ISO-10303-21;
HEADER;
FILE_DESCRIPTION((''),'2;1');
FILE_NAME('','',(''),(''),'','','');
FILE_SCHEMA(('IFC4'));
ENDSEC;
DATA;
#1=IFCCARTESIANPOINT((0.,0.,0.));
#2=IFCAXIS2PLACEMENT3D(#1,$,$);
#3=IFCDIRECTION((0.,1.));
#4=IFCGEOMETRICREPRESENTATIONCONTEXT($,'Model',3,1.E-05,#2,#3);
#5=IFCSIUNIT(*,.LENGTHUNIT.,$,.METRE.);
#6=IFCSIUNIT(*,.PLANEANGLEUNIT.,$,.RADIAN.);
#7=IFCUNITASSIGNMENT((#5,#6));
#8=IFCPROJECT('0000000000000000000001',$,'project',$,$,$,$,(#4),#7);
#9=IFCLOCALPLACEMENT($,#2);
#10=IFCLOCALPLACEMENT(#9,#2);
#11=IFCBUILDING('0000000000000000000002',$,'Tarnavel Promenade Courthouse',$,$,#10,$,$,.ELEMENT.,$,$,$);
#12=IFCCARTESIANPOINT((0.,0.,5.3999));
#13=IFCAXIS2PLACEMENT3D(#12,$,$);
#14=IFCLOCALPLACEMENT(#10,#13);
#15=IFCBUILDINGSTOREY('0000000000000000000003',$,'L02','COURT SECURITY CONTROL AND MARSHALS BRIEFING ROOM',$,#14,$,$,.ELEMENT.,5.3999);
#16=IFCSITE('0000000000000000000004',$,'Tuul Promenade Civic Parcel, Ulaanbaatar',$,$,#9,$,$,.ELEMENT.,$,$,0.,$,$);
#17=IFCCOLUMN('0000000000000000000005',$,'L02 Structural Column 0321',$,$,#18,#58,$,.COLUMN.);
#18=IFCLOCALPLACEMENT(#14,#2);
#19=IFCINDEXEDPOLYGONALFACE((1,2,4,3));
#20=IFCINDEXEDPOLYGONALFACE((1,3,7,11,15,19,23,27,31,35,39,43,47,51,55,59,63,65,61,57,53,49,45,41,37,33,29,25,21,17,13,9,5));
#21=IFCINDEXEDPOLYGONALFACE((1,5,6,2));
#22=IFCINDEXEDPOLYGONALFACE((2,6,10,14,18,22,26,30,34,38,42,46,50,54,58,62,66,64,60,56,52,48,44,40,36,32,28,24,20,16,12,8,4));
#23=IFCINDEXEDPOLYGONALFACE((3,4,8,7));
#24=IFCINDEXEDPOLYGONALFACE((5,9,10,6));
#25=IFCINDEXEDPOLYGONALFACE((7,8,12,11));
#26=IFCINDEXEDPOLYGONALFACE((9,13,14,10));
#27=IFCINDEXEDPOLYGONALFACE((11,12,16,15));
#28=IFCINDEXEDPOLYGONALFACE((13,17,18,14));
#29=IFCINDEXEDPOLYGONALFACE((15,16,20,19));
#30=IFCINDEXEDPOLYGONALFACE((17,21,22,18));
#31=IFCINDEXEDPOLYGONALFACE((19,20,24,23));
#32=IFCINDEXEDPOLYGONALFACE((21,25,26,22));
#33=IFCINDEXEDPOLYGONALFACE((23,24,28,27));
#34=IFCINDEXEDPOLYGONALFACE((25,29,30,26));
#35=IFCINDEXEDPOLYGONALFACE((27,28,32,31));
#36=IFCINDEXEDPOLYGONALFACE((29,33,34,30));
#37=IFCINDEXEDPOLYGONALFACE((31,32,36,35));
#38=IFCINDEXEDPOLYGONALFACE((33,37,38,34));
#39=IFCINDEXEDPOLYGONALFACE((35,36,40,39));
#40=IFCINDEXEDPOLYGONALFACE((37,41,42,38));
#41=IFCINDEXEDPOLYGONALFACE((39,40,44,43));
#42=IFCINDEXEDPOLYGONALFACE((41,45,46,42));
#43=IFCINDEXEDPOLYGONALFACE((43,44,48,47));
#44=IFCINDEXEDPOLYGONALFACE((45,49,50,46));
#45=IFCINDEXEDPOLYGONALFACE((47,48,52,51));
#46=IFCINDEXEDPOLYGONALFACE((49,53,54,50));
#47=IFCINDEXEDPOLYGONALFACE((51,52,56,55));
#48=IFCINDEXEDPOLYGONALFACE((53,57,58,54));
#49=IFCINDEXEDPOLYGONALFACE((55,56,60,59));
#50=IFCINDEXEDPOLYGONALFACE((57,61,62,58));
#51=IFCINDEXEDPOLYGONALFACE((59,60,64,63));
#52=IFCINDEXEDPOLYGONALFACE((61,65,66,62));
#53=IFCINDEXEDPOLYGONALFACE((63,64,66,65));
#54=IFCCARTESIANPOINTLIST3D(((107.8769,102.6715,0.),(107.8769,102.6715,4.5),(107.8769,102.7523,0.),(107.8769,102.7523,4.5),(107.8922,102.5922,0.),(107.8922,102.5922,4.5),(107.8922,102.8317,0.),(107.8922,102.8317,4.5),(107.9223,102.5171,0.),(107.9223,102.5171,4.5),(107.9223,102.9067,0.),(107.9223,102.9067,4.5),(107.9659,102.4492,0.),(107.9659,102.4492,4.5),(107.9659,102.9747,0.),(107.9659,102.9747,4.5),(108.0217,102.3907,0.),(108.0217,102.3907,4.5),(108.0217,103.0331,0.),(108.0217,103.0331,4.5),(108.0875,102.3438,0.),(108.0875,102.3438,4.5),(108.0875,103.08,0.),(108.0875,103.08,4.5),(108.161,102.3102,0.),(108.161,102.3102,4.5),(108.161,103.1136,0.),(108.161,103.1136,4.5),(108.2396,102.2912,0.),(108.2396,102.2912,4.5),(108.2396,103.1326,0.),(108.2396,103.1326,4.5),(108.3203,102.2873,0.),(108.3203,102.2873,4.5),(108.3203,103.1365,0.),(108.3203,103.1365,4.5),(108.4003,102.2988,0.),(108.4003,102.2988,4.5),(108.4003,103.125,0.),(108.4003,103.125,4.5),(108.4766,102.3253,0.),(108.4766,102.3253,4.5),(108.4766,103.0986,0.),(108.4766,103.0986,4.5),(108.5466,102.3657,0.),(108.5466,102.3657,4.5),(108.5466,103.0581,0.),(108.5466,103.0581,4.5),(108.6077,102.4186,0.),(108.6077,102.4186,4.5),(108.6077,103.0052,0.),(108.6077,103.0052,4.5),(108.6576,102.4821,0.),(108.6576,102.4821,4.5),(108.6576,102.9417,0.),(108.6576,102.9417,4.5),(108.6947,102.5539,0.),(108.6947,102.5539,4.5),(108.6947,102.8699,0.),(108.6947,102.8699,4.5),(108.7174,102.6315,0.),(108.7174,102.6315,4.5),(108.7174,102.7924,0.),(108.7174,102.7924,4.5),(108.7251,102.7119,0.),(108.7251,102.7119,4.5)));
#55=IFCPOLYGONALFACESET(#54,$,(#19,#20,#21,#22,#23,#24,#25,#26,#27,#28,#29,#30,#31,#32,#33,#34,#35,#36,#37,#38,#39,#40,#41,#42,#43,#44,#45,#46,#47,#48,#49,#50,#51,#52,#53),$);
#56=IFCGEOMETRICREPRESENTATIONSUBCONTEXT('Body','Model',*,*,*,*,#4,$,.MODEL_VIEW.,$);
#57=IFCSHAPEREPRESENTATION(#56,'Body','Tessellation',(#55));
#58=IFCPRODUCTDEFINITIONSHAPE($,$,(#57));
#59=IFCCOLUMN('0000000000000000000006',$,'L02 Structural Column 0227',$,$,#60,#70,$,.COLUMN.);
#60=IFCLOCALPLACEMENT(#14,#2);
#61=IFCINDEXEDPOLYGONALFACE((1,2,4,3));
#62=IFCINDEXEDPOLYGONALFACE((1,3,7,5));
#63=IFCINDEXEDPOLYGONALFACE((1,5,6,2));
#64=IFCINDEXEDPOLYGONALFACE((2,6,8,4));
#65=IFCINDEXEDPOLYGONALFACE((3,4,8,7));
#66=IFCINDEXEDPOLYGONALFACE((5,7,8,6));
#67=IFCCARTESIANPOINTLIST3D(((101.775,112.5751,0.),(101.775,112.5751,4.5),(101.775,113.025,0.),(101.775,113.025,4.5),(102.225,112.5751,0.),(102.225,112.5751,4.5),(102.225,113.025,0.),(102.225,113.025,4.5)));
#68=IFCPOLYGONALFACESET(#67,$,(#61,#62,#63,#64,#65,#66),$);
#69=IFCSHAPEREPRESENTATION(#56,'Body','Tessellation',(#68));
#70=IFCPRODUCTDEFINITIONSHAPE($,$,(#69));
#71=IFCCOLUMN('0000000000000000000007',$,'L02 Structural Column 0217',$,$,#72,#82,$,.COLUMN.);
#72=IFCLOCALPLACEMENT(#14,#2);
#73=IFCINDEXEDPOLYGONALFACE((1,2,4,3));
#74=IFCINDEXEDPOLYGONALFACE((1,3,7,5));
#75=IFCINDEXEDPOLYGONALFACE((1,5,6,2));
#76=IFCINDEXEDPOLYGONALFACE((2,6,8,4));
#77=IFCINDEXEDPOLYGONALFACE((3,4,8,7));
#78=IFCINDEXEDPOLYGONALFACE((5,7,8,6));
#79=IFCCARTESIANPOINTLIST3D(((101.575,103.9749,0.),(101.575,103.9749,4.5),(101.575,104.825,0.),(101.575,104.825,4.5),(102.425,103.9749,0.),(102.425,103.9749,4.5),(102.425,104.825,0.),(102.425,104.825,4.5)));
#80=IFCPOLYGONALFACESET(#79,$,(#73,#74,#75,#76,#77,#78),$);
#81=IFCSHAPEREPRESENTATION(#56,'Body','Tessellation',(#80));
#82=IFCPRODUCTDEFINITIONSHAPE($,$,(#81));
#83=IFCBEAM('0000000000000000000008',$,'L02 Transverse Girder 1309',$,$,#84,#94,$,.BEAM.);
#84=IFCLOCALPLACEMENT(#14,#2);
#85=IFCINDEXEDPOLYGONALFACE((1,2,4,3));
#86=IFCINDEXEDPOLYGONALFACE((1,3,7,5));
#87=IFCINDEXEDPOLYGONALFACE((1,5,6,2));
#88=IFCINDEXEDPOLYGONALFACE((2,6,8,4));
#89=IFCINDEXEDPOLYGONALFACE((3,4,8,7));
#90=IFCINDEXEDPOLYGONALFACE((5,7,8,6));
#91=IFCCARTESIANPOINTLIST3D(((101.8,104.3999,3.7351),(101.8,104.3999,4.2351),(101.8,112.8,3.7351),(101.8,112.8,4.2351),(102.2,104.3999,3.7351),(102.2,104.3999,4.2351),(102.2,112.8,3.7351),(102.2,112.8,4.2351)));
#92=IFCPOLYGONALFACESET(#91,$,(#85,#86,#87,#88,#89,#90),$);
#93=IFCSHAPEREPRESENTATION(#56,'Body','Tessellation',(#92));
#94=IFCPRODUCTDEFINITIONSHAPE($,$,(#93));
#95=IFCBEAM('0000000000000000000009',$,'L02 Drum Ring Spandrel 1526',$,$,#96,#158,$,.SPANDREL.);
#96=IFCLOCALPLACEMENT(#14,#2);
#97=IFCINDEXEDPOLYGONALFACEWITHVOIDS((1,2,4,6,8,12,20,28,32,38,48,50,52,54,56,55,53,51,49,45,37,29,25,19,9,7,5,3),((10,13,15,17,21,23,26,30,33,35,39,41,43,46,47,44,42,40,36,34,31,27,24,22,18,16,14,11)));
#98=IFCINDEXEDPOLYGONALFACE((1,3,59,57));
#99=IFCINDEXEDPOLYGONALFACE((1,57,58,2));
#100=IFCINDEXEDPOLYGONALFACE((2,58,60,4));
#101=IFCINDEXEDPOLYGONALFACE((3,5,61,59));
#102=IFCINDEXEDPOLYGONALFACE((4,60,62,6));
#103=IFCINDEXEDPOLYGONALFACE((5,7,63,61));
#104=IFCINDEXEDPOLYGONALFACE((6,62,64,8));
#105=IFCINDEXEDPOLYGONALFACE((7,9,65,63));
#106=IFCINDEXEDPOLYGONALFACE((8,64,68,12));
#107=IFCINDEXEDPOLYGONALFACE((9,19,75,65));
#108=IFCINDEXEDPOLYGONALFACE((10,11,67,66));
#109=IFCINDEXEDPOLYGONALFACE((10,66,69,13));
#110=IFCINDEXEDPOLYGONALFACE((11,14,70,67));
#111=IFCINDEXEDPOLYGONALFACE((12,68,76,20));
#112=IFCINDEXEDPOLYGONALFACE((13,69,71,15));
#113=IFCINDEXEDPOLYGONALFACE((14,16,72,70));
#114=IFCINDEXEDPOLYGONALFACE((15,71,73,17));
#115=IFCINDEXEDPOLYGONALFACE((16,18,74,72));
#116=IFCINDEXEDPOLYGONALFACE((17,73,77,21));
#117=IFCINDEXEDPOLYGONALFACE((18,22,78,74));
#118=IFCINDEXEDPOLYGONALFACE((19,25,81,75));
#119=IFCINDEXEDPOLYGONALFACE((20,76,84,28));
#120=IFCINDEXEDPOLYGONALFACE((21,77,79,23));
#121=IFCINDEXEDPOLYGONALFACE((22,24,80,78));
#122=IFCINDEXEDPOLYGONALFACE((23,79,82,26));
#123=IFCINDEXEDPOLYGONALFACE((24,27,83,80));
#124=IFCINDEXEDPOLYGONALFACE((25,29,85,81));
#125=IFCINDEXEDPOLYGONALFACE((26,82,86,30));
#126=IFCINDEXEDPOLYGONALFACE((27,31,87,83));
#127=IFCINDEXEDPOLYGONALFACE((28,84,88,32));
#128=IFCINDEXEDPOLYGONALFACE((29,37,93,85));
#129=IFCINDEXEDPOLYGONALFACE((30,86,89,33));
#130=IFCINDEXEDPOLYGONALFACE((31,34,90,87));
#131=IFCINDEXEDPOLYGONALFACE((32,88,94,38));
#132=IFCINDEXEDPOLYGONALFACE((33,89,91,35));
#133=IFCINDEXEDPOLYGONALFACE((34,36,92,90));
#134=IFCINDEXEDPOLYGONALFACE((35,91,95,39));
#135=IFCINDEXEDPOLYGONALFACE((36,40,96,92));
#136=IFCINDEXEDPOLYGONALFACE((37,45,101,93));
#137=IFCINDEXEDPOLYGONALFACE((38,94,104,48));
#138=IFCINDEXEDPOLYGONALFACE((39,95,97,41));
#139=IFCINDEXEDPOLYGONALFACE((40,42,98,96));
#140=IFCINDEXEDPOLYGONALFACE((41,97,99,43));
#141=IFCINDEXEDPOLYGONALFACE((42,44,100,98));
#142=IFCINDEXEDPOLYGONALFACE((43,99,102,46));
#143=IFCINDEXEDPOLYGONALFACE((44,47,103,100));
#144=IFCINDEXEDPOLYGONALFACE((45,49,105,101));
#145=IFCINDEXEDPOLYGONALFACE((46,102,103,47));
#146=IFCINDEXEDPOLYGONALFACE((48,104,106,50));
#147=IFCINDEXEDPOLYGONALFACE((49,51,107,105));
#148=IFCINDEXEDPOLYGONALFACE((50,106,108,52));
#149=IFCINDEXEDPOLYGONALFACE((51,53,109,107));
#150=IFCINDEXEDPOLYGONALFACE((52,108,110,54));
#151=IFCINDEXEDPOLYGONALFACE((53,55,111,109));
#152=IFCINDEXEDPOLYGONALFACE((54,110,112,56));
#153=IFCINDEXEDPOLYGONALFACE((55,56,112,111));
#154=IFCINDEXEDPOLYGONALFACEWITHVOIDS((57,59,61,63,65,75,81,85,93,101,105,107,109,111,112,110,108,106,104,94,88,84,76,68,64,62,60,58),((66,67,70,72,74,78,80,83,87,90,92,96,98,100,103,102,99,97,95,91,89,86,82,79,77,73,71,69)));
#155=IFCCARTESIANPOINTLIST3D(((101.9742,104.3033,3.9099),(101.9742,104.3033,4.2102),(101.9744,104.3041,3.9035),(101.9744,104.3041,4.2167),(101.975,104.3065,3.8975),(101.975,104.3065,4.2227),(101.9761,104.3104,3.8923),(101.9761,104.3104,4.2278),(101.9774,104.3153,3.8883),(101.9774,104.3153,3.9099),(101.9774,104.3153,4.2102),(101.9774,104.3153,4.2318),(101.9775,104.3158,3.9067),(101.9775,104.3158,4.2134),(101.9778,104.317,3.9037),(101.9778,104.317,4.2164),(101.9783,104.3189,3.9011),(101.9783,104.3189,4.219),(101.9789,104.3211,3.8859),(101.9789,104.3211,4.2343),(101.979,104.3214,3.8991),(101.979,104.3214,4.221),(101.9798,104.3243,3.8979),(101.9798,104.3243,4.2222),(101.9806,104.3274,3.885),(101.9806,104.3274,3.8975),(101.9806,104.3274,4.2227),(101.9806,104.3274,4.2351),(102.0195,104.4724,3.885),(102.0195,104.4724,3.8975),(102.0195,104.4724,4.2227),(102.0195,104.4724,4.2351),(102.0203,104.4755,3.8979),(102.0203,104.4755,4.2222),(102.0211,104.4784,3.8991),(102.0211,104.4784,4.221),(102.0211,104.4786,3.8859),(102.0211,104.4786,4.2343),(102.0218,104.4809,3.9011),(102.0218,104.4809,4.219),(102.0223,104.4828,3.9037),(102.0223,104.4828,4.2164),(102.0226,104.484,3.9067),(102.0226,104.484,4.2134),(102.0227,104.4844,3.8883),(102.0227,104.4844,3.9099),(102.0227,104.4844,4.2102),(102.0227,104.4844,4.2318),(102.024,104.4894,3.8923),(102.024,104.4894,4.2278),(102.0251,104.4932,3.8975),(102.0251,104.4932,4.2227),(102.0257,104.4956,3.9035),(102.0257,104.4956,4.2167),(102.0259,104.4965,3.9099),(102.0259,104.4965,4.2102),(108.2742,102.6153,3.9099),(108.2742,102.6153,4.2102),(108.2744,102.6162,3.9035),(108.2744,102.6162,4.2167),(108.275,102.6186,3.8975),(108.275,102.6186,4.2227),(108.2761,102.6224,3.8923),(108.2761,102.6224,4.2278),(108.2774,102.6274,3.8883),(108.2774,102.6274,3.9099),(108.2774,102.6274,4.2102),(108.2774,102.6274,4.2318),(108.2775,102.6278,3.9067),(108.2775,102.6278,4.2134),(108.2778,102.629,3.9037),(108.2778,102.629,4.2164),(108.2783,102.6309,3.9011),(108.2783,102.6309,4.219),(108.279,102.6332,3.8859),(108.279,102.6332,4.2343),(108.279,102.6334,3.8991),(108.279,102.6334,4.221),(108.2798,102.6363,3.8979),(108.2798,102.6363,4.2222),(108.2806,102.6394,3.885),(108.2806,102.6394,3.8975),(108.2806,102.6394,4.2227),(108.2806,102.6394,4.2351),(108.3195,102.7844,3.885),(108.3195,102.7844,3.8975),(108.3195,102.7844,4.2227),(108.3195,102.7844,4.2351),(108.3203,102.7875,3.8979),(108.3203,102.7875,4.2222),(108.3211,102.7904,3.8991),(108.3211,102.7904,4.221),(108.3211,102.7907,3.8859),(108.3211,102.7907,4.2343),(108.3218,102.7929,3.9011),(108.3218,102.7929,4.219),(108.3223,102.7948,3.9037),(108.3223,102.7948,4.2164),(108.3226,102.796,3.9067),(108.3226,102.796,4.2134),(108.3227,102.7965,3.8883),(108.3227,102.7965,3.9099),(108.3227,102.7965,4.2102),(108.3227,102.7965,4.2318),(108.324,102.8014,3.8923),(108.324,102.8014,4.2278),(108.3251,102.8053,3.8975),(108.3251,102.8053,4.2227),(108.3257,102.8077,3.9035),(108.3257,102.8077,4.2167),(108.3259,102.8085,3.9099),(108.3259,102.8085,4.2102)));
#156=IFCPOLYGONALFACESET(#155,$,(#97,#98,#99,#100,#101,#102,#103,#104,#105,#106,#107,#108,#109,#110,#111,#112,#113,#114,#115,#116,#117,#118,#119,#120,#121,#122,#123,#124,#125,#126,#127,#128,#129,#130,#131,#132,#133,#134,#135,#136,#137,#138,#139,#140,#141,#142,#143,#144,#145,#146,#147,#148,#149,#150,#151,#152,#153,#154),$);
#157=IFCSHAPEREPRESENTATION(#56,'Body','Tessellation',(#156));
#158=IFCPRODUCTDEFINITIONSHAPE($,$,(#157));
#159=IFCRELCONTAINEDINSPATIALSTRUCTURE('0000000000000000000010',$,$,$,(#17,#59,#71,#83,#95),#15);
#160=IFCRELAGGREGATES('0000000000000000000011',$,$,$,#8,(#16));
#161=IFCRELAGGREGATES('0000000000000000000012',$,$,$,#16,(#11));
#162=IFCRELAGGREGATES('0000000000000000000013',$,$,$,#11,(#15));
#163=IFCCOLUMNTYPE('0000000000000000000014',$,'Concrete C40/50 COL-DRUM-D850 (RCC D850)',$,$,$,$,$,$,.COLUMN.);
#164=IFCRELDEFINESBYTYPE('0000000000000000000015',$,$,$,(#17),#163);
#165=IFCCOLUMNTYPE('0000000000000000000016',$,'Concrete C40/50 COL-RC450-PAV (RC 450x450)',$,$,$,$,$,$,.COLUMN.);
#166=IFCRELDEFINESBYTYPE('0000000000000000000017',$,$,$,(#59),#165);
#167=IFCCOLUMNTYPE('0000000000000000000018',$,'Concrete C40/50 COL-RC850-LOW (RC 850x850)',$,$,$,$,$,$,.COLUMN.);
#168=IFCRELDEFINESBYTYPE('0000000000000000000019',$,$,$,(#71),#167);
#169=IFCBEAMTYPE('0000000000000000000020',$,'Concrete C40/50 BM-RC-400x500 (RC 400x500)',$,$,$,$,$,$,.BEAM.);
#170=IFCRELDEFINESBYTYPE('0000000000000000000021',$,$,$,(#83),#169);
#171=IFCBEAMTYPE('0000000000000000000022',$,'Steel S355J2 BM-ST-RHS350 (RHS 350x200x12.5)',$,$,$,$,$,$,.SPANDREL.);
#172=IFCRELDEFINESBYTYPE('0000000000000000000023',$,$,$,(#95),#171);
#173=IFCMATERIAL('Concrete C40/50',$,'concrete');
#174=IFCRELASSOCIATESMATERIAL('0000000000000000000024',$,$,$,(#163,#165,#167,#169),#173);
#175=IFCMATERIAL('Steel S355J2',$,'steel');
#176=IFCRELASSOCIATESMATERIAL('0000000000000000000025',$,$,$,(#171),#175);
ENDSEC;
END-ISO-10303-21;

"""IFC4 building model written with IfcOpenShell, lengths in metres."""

from ifc_helpers import new_model, si_unit, direction, frame, origin, origin_2d, place, context, subcontext, project, spatial, rectangle, hollow_rectangle, circle, extrude, material, material_profile, profile_set, type_object, element, save


model = new_model("IFC4")

# Units and contexts
model_context = context("Model", 3, precision=1e-05, world=origin(), true_north=direction((0.0, 1.0)))
body_context = subcontext(model_context, "Body", "Model", "MODEL_VIEW")
ifc_project = project(units=[si_unit("LENGTHUNIT", "METRE"), si_unit("PLANEANGLEUNIT", "RADIAN")], contexts=[model_context])

# Site, building, storey
site_placement = place(None, origin())
site = spatial("IfcSite", under=ifc_project, at=site_placement, Name="Tuul Promenade Civic Parcel, Ulaanbaatar", CompositionType="ELEMENT", RefElevation=0.0)
building_placement = place(site_placement, origin())
building = spatial("IfcBuilding", under=site, at=building_placement, Name="Tarnavel Promenade Courthouse", CompositionType="ELEMENT")
storey_placement = place(building_placement, frame((0.0, 0.0, 5.3999)))
storey = spatial("IfcBuildingStorey", under=building, at=storey_placement, Name="L02", Description="COURT SECURITY CONTROL AND MARSHALS BRIEFING ROOM", CompositionType="ELEMENT", Elevation=5.3999)

# Columns
ifc_material_1 = material(Name="Concrete C40/50", Category="concrete")
ifc_material_profile_1 = material_profile(ifc_material_1, circle(Radius=0.425, at=origin_2d()), Name="RCC D850")
ifc_profile_set_1 = profile_set([ifc_material_profile_1], Name="Concrete C40/50")
column_type_1 = type_object("IfcColumnType", Name="Concrete C40/50 COL-DRUM-D850 (RCC D850)", PredefinedType="COLUMN", material=ifc_profile_set_1)
column_1_placement = place(storey_placement, frame((108.3, 102.7119, 0.0), z_axis=(0.0, 0.0, 1.0), x_axis=(1.0, 0.0, 0.0)))
element("IfcColumn", 1, at=column_1_placement, inside=storey, type_object=column_type_1, Name="L02 Structural Column 0321", PredefinedType="COLUMN", context=body_context, shape_type="SweptSolid", body=[
    extrude(circle(Radius=0.425, at=origin_2d()), origin(), (0.0, 0.0, 1.0), 4.5),
])
ifc_material_profile_2 = material_profile(ifc_material_1, rectangle(XDim=0.45, YDim=0.45, at=origin_2d()), Name="RC 450x450")
ifc_profile_set_2 = profile_set([ifc_material_profile_2], Name="Concrete C40/50")
column_type_2 = type_object("IfcColumnType", Name="Concrete C40/50 COL-RC450-PAV (RC 450x450)", PredefinedType="COLUMN", material=ifc_profile_set_2)
column_2_placement = place(storey_placement, frame((102.0, 112.8, 0.0), z_axis=(0.0, 0.0, 1.0), x_axis=(1.0, 0.0, 0.0)))
element("IfcColumn", 2, at=column_2_placement, inside=storey, type_object=column_type_2, Name="L02 Structural Column 0227", PredefinedType="COLUMN", context=body_context, shape_type="SweptSolid", body=[
    extrude(rectangle(XDim=0.45, YDim=0.45, at=origin_2d()), origin(), (0.0, 0.0, 1.0), 4.5),
])
ifc_material_profile_3 = material_profile(ifc_material_1, rectangle(XDim=0.8501, YDim=0.8501, at=origin_2d()), Name="RC 850x850")
ifc_profile_set_3 = profile_set([ifc_material_profile_3], Name="Concrete C40/50")
column_type_3 = type_object("IfcColumnType", Name="Concrete C40/50 COL-RC850-LOW (RC 850x850)", PredefinedType="COLUMN", material=ifc_profile_set_3)
column_3_placement = place(storey_placement, frame((102.0, 104.3999, 0.0), z_axis=(0.0, 0.0, 1.0), x_axis=(1.0, 0.0, 0.0)))
element("IfcColumn", 3, at=column_3_placement, inside=storey, type_object=column_type_3, Name="L02 Structural Column 0217", PredefinedType="COLUMN", context=body_context, shape_type="SweptSolid", body=[
    extrude(rectangle(XDim=0.8501, YDim=0.8501, at=origin_2d()), origin(), (0.0, 0.0, 1.0), 4.5),
])

# Beams
ifc_material_profile_4 = material_profile(ifc_material_1, rectangle(XDim=0.3999, YDim=0.5, at=origin_2d()), Name="RC 400x500")
ifc_profile_set_4 = profile_set([ifc_material_profile_4], Name="Concrete C40/50")
beam_type_1 = type_object("IfcBeamType", Name="Concrete C40/50 BM-RC-400x500 (RC 400x500)", PredefinedType="BEAM", material=ifc_profile_set_4)
beam_1_placement = place(storey_placement, frame((102.0, 104.3999, 3.9851), z_axis=(0.0, 1.0, 0.0), x_axis=(-1.0, 0.0, 0.0)))
element("IfcBeam", 4, at=beam_1_placement, inside=storey, type_object=beam_type_1, Name="L02 Transverse Girder 1309", PredefinedType="BEAM", context=body_context, shape_type="SweptSolid", body=[
    extrude(rectangle(XDim=0.3999, YDim=0.5, at=origin_2d()), origin(), (0.0, 0.0, 1.0), 8.4001),
])
ifc_material_2 = material(Name="Steel S355J2", Category="steel")
ifc_material_profile_5 = material_profile(ifc_material_2, hollow_rectangle(XDim=0.2, YDim=0.3501, WallThickness=0.0125, InnerFilletRadius=0.0125, OuterFilletRadius=0.0249, at=origin_2d()), Name="RHS 350x200x12.5")
ifc_profile_set_5 = profile_set([ifc_material_profile_5], Name="Steel S355J2")
beam_type_2 = type_object("IfcBeamType", Name="Steel S355J2 BM-ST-RHS350 (RHS 350x200x12.5)", PredefinedType="SPANDREL", material=ifc_profile_set_5)
beam_2_placement = place(storey_placement, frame((108.3, 102.7119, 4.0601), z_axis=(-0.96593, 0.258804, 0.0), x_axis=(-0.258804, -0.96593, 0.0)))
element("IfcBeam", 5, at=beam_2_placement, inside=storey, type_object=beam_type_2, Name="L02 Drum Ring Spandrel 1526", PredefinedType="SPANDREL", context=body_context, shape_type="SweptSolid", body=[
    extrude(hollow_rectangle(XDim=0.2, YDim=0.3501, WallThickness=0.0125, InnerFilletRadius=0.0125, OuterFilletRadius=0.0249, at=origin_2d()), origin(), (0.0, 0.0, 1.0), 6.5222),
])

save(model, "model.ifc")
